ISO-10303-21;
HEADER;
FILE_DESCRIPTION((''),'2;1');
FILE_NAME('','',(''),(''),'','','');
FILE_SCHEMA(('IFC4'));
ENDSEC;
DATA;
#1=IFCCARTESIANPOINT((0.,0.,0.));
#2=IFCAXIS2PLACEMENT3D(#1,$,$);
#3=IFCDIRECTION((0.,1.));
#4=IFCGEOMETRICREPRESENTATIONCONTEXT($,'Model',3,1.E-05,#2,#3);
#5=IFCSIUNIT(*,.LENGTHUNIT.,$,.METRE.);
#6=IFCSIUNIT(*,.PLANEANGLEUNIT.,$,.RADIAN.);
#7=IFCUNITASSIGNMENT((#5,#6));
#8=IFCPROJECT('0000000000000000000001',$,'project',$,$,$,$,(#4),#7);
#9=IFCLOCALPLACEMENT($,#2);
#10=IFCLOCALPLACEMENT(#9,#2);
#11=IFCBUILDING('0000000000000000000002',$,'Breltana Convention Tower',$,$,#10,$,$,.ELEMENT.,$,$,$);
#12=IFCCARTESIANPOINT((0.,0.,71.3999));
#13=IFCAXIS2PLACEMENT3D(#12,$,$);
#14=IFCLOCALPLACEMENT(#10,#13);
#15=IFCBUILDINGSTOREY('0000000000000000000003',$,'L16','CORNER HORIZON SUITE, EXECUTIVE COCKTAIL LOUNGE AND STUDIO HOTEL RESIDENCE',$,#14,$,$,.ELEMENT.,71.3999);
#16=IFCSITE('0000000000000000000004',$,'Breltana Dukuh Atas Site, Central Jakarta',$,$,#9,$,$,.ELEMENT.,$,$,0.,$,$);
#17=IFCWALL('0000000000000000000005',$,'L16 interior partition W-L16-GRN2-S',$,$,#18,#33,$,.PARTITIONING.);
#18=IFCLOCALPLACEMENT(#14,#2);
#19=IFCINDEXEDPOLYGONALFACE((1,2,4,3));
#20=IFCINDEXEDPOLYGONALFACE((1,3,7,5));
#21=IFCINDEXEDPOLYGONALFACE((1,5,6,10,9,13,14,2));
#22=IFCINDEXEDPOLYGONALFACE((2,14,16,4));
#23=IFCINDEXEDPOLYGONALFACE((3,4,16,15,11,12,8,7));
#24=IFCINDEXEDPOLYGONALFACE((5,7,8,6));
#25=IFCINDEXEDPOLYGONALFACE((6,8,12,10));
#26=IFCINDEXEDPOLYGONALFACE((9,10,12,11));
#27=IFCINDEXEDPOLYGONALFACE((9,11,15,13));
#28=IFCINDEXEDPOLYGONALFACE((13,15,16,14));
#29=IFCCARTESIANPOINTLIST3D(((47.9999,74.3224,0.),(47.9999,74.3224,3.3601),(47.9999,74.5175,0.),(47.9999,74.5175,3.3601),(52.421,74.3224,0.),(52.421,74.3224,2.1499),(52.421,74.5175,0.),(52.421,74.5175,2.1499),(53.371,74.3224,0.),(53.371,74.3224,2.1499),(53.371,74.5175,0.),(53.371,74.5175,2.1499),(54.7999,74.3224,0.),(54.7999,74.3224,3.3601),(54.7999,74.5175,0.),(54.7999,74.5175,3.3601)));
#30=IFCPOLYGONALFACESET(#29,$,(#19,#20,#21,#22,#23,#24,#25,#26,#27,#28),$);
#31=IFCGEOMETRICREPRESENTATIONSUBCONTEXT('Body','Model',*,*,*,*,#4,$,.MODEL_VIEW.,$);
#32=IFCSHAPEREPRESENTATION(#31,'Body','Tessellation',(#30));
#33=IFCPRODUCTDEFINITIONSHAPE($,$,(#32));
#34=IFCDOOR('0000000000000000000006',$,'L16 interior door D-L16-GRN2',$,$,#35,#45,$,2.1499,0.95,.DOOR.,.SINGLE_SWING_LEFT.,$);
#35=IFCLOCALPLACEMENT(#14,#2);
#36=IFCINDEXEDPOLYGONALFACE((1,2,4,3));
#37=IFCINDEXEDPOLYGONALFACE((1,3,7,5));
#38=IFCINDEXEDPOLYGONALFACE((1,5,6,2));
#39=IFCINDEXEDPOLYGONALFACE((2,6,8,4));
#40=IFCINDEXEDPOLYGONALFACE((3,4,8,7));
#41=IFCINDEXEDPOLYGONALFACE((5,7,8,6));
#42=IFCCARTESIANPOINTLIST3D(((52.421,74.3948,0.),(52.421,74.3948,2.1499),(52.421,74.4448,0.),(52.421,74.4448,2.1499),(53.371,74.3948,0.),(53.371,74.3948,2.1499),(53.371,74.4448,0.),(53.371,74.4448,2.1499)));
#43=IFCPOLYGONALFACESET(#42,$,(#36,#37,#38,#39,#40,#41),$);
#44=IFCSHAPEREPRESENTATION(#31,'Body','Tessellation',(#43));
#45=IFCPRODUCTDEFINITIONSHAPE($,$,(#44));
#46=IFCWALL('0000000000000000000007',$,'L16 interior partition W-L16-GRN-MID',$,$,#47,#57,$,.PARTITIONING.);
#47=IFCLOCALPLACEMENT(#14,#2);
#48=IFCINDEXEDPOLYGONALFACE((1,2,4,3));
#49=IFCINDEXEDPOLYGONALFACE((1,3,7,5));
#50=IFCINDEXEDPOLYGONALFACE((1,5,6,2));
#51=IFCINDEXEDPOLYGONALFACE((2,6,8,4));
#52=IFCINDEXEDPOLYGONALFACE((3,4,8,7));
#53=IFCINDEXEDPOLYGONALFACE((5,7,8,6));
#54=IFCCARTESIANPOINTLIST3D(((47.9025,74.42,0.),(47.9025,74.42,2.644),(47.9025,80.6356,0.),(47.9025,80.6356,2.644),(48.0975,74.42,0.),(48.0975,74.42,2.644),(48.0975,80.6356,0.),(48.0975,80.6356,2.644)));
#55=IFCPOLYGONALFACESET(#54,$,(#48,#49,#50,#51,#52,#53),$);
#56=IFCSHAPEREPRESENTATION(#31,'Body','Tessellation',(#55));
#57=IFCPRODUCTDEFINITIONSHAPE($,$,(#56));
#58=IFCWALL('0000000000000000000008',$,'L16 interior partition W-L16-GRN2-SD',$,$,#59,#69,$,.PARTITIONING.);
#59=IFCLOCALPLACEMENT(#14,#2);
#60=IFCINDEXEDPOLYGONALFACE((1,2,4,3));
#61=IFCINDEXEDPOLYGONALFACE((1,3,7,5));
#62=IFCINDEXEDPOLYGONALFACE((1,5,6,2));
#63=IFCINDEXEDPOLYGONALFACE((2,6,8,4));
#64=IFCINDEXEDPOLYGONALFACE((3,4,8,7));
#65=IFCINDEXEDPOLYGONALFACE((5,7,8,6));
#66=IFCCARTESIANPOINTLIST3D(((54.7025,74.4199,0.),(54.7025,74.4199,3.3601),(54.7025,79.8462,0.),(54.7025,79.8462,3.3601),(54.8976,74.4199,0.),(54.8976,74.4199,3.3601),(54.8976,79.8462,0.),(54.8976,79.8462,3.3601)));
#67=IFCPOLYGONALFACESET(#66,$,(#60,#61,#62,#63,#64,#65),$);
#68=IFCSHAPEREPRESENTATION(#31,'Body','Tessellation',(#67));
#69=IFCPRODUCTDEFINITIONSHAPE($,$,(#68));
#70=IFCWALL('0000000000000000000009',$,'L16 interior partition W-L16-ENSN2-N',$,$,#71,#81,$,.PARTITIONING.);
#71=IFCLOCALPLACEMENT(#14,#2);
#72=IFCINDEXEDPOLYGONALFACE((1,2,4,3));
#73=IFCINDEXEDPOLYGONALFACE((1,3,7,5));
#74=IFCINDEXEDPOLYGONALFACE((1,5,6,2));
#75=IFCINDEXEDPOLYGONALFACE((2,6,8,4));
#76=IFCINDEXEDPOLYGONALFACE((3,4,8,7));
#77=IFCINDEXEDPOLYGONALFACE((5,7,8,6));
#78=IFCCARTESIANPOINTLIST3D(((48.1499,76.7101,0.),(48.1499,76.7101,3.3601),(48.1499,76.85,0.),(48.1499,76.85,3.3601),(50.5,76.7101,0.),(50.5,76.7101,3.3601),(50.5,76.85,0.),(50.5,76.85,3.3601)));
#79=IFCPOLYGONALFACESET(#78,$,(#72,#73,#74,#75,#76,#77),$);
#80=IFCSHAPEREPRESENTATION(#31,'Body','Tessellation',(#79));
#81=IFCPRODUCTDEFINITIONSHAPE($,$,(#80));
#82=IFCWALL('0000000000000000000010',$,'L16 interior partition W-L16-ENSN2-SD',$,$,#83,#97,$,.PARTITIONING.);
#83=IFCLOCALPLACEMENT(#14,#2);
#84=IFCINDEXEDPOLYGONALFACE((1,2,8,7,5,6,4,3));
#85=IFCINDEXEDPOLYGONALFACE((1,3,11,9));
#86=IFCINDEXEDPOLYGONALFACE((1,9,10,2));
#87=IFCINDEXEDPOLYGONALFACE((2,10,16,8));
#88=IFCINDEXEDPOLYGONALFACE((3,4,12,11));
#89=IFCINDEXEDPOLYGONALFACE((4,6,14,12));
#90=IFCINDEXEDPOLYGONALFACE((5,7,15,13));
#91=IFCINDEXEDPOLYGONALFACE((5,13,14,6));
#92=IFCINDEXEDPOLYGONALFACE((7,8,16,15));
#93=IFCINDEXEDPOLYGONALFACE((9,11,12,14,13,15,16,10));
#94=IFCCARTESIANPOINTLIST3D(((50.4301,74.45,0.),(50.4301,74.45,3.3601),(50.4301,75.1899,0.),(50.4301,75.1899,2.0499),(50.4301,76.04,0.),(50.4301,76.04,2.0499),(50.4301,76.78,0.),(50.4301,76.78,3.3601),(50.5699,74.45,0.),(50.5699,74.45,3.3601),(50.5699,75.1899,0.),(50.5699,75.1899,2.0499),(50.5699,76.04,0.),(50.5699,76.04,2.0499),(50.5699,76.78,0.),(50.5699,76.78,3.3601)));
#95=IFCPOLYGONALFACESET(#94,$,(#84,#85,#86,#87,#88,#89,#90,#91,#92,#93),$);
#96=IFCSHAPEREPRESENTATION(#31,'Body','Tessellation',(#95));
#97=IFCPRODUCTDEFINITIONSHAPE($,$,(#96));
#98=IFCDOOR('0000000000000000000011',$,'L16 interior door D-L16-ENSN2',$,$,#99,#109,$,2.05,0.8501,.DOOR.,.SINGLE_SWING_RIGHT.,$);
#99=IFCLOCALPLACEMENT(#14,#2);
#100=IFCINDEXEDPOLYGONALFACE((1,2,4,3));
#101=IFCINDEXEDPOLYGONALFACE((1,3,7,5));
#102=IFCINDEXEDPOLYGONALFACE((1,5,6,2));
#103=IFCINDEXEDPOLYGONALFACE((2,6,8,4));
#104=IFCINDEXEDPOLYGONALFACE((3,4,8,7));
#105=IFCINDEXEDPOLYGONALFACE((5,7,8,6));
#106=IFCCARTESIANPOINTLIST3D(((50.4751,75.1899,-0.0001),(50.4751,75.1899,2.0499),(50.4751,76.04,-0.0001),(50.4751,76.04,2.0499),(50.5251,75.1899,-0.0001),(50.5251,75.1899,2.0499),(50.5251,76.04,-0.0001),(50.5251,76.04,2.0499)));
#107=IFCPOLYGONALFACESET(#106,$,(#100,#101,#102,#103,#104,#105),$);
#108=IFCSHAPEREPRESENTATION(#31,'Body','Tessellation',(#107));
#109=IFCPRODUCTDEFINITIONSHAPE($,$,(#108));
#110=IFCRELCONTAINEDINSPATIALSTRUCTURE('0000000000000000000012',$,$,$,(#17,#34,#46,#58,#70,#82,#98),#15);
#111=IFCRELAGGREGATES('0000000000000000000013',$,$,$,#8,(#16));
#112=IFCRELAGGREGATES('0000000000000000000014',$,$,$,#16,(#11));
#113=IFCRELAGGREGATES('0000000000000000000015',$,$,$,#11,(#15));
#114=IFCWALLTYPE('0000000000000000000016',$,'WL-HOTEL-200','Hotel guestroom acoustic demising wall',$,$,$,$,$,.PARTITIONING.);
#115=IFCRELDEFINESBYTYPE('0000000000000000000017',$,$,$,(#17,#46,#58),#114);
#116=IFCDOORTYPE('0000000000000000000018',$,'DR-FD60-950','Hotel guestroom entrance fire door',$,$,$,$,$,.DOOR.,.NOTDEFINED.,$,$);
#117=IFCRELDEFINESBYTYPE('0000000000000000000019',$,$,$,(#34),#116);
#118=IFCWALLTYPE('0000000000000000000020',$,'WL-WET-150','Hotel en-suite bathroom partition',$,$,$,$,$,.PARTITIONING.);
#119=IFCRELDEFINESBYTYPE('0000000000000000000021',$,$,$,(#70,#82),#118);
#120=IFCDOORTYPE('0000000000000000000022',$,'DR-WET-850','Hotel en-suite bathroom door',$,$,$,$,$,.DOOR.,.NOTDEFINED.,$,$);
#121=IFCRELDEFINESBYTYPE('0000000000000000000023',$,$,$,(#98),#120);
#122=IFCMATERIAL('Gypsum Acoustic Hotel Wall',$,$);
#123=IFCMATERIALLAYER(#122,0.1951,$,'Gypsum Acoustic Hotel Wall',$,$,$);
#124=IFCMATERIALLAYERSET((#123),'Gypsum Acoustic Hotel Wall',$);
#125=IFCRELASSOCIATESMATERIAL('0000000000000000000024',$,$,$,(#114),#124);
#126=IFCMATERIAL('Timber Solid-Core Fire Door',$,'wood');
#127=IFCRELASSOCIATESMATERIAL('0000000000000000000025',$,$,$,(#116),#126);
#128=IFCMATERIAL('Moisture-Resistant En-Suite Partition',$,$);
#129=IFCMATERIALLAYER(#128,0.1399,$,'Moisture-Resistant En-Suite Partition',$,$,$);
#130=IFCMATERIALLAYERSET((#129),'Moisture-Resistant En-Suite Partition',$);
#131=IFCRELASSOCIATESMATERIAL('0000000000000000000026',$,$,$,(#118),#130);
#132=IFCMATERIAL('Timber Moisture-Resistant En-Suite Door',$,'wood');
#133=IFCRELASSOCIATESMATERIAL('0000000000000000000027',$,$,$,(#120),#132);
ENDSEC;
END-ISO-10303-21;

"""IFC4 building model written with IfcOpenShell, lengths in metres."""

from ifc_helpers import new_model, si_unit, direction, frame, frame_2d, origin, place, context, subcontext, project, spatial, rectangle, extrude, source, transform, mapped, material, layer, layer_set, type_object, type_shapes, element, fill, save


model = new_model("IFC4")

# Units and contexts
model_context = context("Model", 3, precision=1e-05, world=origin(), true_north=direction((0.0, 1.0)))
body_context = subcontext(model_context, "Body", "Model", "MODEL_VIEW")
ifc_project = project(units=[si_unit("LENGTHUNIT", "METRE"), si_unit("PLANEANGLEUNIT", "RADIAN")], contexts=[model_context])

# Site, building, storey
site_placement = place(None, origin())
site = spatial("IfcSite", under=ifc_project, at=site_placement, Name="Breltana Dukuh Atas Site, Central Jakarta", CompositionType="ELEMENT", RefElevation=0.0)
building_placement = place(site_placement, origin())
building = spatial("IfcBuilding", under=site, at=building_placement, Name="Breltana Convention Tower", CompositionType="ELEMENT")
storey_placement = place(building_placement, frame((0.0, 0.0, 71.3999)))
storey = spatial("IfcBuildingStorey", under=building, at=storey_placement, Name="L16", Description="CORNER HORIZON SUITE, EXECUTIVE COCKTAIL LOUNGE AND STUDIO HOTEL RESIDENCE", CompositionType="ELEMENT", Elevation=71.3999)

# Wall, opening, door
ifc_material_1 = material(Name="Gypsum Acoustic Hotel Wall")
ifc_layer_1 = layer(ifc_material_1, 0.1951, Name="Gypsum Acoustic Hotel Wall")
ifc_layer_set_1 = layer_set([ifc_layer_1], Name="Gypsum Acoustic Hotel Wall")
wall_type_1 = type_object("IfcWallType", Name="WL-HOTEL-200", Description="Hotel guestroom acoustic demising wall", PredefinedType="PARTITIONING", material=ifc_layer_set_1)
shared_shape_1 = source(origin(), body_context, "Body", "SweptSolid", [
    extrude(rectangle(XDim=6.8, YDim=0.1951, at=frame_2d((3.3999, 0.0))), origin(), (0.0, 0.0, 1.0), 3.3601),
])
type_shapes(wall_type_1, [shared_shape_1])
wall_1_placement = place(storey_placement, frame((48.0, 74.4199, 0.0), z_axis=(0.0, 0.0, 1.0), x_axis=(1.0, 0.0, 0.0)))
wall_1 = element("IfcWall", 1, at=wall_1_placement, inside=storey, type_object=wall_type_1, Name="L16 interior partition W-L16-GRN2-S", PredefinedType="PARTITIONING", context=body_context, shape_type="MappedRepresentation", body=[
    mapped(shared_shape_1, transform((0.0, 0.0, 0.0), scale=1.0)),
])
opening_1_placement = place(wall_1_placement, frame((4.4209, 0.0, 0.0)))
opening_1 = element("IfcOpeningElement", 2, at=opening_1_placement, cuts=wall_1, PredefinedType="OPENING", context=body_context, shape_type="SweptSolid", body=[
    extrude(rectangle(XDim=0.95, YDim=2.1499, at=frame_2d((0.4751, 1.075))), frame((0.0, 0.1074, 0.0), z_axis=(0.0, -1.0, 0.0), x_axis=(1.0, 0.0, 0.0)), (0.0, 0.0, 1.0), 0.2151),
])
ifc_material_2 = material(Name="Timber Solid-Core Fire Door", Category="wood")
door_type_1 = type_object("IfcDoorType", Name="DR-FD60-950", Description="Hotel guestroom entrance fire door", OperationType="NOTDEFINED", PredefinedType="DOOR", material=ifc_material_2)
shared_shape_2 = source(origin(), body_context, "Body", "SweptSolid", [
    extrude(rectangle(XDim=0.95, YDim=2.1499, at=frame_2d((0.4751, 1.075))), frame((0.0, 0.0249, 0.0), z_axis=(0.0, -1.0, 0.0), x_axis=(1.0, 0.0, 0.0)), (0.0, 0.0, 1.0), 0.05),
])
type_shapes(door_type_1, [shared_shape_2])
door_1_placement = place(opening_1_placement, origin())
door_1 = element("IfcDoor", 3, at=door_1_placement, inside=storey, type_object=door_type_1, Name="L16 interior door D-L16-GRN2", OperationType="SINGLE_SWING_LEFT", OverallHeight=2.1499, OverallWidth=0.95, PredefinedType="DOOR", context=body_context, shape_type="MappedRepresentation", body=[
    mapped(shared_shape_2, transform((0.0, 0.0, 0.0), scale=1.0)),
])
fill(opening_1, door_1)

# Walls
shared_shape_3 = source(origin(), body_context, "Body", "SweptSolid", [
    extrude(rectangle(XDim=6.2156, YDim=0.1951, at=frame_2d((3.1079, 0.0))), origin(), (0.0, 0.0, 1.0), 2.644),
])
wall_2_placement = place(storey_placement, frame((48.0, 74.4199, 0.0), z_axis=(0.0, 0.0, 1.0), x_axis=(0.0, 1.0, 0.0)))
element("IfcWall", 4, at=wall_2_placement, inside=storey, type_object=wall_type_1, Name="L16 interior partition W-L16-GRN-MID", PredefinedType="PARTITIONING", context=body_context, shape_type="MappedRepresentation", body=[
    mapped(shared_shape_3, transform((0.0, 0.0, 0.0), scale=1.0)),
])
shared_shape_4 = source(origin(), body_context, "Body", "SweptSolid", [
    extrude(rectangle(XDim=5.4263, YDim=0.1951, at=frame_2d((2.7131, 0.0))), origin(), (0.0, 0.0, 1.0), 3.3601),
])
wall_3_placement = place(storey_placement, frame((54.8, 74.4199, 0.0), z_axis=(0.0, 0.0, 1.0), x_axis=(0.0, 1.0, 0.0)))
element("IfcWall", 5, at=wall_3_placement, inside=storey, type_object=wall_type_1, Name="L16 interior partition W-L16-GRN2-SD", PredefinedType="PARTITIONING", context=body_context, shape_type="MappedRepresentation", body=[
    mapped(shared_shape_4, transform((0.0, 0.0, 0.0), scale=1.0)),
])
ifc_material_3 = material(Name="Moisture-Resistant En-Suite Partition")
ifc_layer_2 = layer(ifc_material_3, 0.1399, Name="Moisture-Resistant En-Suite Partition")
ifc_layer_set_2 = layer_set([ifc_layer_2], Name="Moisture-Resistant En-Suite Partition")
wall_type_2 = type_object("IfcWallType", Name="WL-WET-150", Description="Hotel en-suite bathroom partition", PredefinedType="PARTITIONING", material=ifc_layer_set_2)
shared_shape_5 = source(origin(), body_context, "Body", "SweptSolid", [
    extrude(rectangle(XDim=2.3501, YDim=0.1399, at=frame_2d((1.175, 0.0))), origin(), (0.0, 0.0, 1.0), 3.3601),
])
type_shapes(wall_type_2, [shared_shape_5])
wall_4_placement = place(storey_placement, frame((48.1499, 76.78, 0.0), z_axis=(0.0, 0.0, 1.0), x_axis=(1.0, 0.0, 0.0)))
element("IfcWall", 6, at=wall_4_placement, inside=storey, type_object=wall_type_2, Name="L16 interior partition W-L16-ENSN2-N", PredefinedType="PARTITIONING", context=body_context, shape_type="MappedRepresentation", body=[
    mapped(shared_shape_5, transform((0.0, 0.0, 0.0), scale=1.0)),
])

# Wall, opening, door
shared_shape_6 = source(origin(), body_context, "Body", "SweptSolid", [
    extrude(rectangle(XDim=2.3301, YDim=0.1399, at=frame_2d((1.165, 0.0))), origin(), (0.0, 0.0, 1.0), 3.3601),
])
wall_5_placement = place(storey_placement, frame((50.5, 74.45, 0.0), z_axis=(0.0, 0.0, 1.0), x_axis=(0.0, 1.0, 0.0)))
wall_5 = element("IfcWall", 7, at=wall_5_placement, inside=storey, type_object=wall_type_2, Name="L16 interior partition W-L16-ENSN2-SD", PredefinedType="PARTITIONING", context=body_context, shape_type="MappedRepresentation", body=[
    mapped(shared_shape_6, transform((0.0, 0.0, 0.0), scale=1.0)),
])
opening_2_placement = place(wall_5_placement, frame((0.74, 0.0, 0.0)))
opening_2 = element("IfcOpeningElement", 8, at=opening_2_placement, cuts=wall_5, PredefinedType="OPENING", context=body_context, shape_type="SweptSolid", body=[
    extrude(rectangle(XDim=0.8501, YDim=2.05, at=frame_2d((0.425, 1.0249))), frame((0.0, 0.0801, 0.0), z_axis=(0.0, -1.0, 0.0), x_axis=(1.0, 0.0, 0.0)), (0.0, 0.0, 1.0), 0.1599),
])
ifc_material_4 = material(Name="Timber Moisture-Resistant En-Suite Door", Category="wood")
door_type_2 = type_object("IfcDoorType", Name="DR-WET-850", Description="Hotel en-suite bathroom door", OperationType="NOTDEFINED", PredefinedType="DOOR", material=ifc_material_4)
shared_shape_7 = source(origin(), body_context, "Body", "SweptSolid", [
    extrude(rectangle(XDim=0.8501, YDim=2.05, at=frame_2d((0.425, 1.0249))), frame((0.0, 0.0249, 0.0), z_axis=(0.0, -1.0, 0.0), x_axis=(1.0, 0.0, 0.0)), (0.0, 0.0, 1.0), 0.05),
])
type_shapes(door_type_2, [shared_shape_7])
door_2_placement = place(opening_2_placement, origin())
door_2 = element("IfcDoor", 9, at=door_2_placement, inside=storey, type_object=door_type_2, Name="L16 interior door D-L16-ENSN2", OperationType="SINGLE_SWING_RIGHT", OverallHeight=2.05, OverallWidth=0.8501, PredefinedType="DOOR", context=body_context, shape_type="MappedRepresentation", body=[
    mapped(shared_shape_7, transform((0.0, 0.0, 0.0), scale=1.0)),
])
fill(opening_2, door_2)

save(model, "model.ifc")
